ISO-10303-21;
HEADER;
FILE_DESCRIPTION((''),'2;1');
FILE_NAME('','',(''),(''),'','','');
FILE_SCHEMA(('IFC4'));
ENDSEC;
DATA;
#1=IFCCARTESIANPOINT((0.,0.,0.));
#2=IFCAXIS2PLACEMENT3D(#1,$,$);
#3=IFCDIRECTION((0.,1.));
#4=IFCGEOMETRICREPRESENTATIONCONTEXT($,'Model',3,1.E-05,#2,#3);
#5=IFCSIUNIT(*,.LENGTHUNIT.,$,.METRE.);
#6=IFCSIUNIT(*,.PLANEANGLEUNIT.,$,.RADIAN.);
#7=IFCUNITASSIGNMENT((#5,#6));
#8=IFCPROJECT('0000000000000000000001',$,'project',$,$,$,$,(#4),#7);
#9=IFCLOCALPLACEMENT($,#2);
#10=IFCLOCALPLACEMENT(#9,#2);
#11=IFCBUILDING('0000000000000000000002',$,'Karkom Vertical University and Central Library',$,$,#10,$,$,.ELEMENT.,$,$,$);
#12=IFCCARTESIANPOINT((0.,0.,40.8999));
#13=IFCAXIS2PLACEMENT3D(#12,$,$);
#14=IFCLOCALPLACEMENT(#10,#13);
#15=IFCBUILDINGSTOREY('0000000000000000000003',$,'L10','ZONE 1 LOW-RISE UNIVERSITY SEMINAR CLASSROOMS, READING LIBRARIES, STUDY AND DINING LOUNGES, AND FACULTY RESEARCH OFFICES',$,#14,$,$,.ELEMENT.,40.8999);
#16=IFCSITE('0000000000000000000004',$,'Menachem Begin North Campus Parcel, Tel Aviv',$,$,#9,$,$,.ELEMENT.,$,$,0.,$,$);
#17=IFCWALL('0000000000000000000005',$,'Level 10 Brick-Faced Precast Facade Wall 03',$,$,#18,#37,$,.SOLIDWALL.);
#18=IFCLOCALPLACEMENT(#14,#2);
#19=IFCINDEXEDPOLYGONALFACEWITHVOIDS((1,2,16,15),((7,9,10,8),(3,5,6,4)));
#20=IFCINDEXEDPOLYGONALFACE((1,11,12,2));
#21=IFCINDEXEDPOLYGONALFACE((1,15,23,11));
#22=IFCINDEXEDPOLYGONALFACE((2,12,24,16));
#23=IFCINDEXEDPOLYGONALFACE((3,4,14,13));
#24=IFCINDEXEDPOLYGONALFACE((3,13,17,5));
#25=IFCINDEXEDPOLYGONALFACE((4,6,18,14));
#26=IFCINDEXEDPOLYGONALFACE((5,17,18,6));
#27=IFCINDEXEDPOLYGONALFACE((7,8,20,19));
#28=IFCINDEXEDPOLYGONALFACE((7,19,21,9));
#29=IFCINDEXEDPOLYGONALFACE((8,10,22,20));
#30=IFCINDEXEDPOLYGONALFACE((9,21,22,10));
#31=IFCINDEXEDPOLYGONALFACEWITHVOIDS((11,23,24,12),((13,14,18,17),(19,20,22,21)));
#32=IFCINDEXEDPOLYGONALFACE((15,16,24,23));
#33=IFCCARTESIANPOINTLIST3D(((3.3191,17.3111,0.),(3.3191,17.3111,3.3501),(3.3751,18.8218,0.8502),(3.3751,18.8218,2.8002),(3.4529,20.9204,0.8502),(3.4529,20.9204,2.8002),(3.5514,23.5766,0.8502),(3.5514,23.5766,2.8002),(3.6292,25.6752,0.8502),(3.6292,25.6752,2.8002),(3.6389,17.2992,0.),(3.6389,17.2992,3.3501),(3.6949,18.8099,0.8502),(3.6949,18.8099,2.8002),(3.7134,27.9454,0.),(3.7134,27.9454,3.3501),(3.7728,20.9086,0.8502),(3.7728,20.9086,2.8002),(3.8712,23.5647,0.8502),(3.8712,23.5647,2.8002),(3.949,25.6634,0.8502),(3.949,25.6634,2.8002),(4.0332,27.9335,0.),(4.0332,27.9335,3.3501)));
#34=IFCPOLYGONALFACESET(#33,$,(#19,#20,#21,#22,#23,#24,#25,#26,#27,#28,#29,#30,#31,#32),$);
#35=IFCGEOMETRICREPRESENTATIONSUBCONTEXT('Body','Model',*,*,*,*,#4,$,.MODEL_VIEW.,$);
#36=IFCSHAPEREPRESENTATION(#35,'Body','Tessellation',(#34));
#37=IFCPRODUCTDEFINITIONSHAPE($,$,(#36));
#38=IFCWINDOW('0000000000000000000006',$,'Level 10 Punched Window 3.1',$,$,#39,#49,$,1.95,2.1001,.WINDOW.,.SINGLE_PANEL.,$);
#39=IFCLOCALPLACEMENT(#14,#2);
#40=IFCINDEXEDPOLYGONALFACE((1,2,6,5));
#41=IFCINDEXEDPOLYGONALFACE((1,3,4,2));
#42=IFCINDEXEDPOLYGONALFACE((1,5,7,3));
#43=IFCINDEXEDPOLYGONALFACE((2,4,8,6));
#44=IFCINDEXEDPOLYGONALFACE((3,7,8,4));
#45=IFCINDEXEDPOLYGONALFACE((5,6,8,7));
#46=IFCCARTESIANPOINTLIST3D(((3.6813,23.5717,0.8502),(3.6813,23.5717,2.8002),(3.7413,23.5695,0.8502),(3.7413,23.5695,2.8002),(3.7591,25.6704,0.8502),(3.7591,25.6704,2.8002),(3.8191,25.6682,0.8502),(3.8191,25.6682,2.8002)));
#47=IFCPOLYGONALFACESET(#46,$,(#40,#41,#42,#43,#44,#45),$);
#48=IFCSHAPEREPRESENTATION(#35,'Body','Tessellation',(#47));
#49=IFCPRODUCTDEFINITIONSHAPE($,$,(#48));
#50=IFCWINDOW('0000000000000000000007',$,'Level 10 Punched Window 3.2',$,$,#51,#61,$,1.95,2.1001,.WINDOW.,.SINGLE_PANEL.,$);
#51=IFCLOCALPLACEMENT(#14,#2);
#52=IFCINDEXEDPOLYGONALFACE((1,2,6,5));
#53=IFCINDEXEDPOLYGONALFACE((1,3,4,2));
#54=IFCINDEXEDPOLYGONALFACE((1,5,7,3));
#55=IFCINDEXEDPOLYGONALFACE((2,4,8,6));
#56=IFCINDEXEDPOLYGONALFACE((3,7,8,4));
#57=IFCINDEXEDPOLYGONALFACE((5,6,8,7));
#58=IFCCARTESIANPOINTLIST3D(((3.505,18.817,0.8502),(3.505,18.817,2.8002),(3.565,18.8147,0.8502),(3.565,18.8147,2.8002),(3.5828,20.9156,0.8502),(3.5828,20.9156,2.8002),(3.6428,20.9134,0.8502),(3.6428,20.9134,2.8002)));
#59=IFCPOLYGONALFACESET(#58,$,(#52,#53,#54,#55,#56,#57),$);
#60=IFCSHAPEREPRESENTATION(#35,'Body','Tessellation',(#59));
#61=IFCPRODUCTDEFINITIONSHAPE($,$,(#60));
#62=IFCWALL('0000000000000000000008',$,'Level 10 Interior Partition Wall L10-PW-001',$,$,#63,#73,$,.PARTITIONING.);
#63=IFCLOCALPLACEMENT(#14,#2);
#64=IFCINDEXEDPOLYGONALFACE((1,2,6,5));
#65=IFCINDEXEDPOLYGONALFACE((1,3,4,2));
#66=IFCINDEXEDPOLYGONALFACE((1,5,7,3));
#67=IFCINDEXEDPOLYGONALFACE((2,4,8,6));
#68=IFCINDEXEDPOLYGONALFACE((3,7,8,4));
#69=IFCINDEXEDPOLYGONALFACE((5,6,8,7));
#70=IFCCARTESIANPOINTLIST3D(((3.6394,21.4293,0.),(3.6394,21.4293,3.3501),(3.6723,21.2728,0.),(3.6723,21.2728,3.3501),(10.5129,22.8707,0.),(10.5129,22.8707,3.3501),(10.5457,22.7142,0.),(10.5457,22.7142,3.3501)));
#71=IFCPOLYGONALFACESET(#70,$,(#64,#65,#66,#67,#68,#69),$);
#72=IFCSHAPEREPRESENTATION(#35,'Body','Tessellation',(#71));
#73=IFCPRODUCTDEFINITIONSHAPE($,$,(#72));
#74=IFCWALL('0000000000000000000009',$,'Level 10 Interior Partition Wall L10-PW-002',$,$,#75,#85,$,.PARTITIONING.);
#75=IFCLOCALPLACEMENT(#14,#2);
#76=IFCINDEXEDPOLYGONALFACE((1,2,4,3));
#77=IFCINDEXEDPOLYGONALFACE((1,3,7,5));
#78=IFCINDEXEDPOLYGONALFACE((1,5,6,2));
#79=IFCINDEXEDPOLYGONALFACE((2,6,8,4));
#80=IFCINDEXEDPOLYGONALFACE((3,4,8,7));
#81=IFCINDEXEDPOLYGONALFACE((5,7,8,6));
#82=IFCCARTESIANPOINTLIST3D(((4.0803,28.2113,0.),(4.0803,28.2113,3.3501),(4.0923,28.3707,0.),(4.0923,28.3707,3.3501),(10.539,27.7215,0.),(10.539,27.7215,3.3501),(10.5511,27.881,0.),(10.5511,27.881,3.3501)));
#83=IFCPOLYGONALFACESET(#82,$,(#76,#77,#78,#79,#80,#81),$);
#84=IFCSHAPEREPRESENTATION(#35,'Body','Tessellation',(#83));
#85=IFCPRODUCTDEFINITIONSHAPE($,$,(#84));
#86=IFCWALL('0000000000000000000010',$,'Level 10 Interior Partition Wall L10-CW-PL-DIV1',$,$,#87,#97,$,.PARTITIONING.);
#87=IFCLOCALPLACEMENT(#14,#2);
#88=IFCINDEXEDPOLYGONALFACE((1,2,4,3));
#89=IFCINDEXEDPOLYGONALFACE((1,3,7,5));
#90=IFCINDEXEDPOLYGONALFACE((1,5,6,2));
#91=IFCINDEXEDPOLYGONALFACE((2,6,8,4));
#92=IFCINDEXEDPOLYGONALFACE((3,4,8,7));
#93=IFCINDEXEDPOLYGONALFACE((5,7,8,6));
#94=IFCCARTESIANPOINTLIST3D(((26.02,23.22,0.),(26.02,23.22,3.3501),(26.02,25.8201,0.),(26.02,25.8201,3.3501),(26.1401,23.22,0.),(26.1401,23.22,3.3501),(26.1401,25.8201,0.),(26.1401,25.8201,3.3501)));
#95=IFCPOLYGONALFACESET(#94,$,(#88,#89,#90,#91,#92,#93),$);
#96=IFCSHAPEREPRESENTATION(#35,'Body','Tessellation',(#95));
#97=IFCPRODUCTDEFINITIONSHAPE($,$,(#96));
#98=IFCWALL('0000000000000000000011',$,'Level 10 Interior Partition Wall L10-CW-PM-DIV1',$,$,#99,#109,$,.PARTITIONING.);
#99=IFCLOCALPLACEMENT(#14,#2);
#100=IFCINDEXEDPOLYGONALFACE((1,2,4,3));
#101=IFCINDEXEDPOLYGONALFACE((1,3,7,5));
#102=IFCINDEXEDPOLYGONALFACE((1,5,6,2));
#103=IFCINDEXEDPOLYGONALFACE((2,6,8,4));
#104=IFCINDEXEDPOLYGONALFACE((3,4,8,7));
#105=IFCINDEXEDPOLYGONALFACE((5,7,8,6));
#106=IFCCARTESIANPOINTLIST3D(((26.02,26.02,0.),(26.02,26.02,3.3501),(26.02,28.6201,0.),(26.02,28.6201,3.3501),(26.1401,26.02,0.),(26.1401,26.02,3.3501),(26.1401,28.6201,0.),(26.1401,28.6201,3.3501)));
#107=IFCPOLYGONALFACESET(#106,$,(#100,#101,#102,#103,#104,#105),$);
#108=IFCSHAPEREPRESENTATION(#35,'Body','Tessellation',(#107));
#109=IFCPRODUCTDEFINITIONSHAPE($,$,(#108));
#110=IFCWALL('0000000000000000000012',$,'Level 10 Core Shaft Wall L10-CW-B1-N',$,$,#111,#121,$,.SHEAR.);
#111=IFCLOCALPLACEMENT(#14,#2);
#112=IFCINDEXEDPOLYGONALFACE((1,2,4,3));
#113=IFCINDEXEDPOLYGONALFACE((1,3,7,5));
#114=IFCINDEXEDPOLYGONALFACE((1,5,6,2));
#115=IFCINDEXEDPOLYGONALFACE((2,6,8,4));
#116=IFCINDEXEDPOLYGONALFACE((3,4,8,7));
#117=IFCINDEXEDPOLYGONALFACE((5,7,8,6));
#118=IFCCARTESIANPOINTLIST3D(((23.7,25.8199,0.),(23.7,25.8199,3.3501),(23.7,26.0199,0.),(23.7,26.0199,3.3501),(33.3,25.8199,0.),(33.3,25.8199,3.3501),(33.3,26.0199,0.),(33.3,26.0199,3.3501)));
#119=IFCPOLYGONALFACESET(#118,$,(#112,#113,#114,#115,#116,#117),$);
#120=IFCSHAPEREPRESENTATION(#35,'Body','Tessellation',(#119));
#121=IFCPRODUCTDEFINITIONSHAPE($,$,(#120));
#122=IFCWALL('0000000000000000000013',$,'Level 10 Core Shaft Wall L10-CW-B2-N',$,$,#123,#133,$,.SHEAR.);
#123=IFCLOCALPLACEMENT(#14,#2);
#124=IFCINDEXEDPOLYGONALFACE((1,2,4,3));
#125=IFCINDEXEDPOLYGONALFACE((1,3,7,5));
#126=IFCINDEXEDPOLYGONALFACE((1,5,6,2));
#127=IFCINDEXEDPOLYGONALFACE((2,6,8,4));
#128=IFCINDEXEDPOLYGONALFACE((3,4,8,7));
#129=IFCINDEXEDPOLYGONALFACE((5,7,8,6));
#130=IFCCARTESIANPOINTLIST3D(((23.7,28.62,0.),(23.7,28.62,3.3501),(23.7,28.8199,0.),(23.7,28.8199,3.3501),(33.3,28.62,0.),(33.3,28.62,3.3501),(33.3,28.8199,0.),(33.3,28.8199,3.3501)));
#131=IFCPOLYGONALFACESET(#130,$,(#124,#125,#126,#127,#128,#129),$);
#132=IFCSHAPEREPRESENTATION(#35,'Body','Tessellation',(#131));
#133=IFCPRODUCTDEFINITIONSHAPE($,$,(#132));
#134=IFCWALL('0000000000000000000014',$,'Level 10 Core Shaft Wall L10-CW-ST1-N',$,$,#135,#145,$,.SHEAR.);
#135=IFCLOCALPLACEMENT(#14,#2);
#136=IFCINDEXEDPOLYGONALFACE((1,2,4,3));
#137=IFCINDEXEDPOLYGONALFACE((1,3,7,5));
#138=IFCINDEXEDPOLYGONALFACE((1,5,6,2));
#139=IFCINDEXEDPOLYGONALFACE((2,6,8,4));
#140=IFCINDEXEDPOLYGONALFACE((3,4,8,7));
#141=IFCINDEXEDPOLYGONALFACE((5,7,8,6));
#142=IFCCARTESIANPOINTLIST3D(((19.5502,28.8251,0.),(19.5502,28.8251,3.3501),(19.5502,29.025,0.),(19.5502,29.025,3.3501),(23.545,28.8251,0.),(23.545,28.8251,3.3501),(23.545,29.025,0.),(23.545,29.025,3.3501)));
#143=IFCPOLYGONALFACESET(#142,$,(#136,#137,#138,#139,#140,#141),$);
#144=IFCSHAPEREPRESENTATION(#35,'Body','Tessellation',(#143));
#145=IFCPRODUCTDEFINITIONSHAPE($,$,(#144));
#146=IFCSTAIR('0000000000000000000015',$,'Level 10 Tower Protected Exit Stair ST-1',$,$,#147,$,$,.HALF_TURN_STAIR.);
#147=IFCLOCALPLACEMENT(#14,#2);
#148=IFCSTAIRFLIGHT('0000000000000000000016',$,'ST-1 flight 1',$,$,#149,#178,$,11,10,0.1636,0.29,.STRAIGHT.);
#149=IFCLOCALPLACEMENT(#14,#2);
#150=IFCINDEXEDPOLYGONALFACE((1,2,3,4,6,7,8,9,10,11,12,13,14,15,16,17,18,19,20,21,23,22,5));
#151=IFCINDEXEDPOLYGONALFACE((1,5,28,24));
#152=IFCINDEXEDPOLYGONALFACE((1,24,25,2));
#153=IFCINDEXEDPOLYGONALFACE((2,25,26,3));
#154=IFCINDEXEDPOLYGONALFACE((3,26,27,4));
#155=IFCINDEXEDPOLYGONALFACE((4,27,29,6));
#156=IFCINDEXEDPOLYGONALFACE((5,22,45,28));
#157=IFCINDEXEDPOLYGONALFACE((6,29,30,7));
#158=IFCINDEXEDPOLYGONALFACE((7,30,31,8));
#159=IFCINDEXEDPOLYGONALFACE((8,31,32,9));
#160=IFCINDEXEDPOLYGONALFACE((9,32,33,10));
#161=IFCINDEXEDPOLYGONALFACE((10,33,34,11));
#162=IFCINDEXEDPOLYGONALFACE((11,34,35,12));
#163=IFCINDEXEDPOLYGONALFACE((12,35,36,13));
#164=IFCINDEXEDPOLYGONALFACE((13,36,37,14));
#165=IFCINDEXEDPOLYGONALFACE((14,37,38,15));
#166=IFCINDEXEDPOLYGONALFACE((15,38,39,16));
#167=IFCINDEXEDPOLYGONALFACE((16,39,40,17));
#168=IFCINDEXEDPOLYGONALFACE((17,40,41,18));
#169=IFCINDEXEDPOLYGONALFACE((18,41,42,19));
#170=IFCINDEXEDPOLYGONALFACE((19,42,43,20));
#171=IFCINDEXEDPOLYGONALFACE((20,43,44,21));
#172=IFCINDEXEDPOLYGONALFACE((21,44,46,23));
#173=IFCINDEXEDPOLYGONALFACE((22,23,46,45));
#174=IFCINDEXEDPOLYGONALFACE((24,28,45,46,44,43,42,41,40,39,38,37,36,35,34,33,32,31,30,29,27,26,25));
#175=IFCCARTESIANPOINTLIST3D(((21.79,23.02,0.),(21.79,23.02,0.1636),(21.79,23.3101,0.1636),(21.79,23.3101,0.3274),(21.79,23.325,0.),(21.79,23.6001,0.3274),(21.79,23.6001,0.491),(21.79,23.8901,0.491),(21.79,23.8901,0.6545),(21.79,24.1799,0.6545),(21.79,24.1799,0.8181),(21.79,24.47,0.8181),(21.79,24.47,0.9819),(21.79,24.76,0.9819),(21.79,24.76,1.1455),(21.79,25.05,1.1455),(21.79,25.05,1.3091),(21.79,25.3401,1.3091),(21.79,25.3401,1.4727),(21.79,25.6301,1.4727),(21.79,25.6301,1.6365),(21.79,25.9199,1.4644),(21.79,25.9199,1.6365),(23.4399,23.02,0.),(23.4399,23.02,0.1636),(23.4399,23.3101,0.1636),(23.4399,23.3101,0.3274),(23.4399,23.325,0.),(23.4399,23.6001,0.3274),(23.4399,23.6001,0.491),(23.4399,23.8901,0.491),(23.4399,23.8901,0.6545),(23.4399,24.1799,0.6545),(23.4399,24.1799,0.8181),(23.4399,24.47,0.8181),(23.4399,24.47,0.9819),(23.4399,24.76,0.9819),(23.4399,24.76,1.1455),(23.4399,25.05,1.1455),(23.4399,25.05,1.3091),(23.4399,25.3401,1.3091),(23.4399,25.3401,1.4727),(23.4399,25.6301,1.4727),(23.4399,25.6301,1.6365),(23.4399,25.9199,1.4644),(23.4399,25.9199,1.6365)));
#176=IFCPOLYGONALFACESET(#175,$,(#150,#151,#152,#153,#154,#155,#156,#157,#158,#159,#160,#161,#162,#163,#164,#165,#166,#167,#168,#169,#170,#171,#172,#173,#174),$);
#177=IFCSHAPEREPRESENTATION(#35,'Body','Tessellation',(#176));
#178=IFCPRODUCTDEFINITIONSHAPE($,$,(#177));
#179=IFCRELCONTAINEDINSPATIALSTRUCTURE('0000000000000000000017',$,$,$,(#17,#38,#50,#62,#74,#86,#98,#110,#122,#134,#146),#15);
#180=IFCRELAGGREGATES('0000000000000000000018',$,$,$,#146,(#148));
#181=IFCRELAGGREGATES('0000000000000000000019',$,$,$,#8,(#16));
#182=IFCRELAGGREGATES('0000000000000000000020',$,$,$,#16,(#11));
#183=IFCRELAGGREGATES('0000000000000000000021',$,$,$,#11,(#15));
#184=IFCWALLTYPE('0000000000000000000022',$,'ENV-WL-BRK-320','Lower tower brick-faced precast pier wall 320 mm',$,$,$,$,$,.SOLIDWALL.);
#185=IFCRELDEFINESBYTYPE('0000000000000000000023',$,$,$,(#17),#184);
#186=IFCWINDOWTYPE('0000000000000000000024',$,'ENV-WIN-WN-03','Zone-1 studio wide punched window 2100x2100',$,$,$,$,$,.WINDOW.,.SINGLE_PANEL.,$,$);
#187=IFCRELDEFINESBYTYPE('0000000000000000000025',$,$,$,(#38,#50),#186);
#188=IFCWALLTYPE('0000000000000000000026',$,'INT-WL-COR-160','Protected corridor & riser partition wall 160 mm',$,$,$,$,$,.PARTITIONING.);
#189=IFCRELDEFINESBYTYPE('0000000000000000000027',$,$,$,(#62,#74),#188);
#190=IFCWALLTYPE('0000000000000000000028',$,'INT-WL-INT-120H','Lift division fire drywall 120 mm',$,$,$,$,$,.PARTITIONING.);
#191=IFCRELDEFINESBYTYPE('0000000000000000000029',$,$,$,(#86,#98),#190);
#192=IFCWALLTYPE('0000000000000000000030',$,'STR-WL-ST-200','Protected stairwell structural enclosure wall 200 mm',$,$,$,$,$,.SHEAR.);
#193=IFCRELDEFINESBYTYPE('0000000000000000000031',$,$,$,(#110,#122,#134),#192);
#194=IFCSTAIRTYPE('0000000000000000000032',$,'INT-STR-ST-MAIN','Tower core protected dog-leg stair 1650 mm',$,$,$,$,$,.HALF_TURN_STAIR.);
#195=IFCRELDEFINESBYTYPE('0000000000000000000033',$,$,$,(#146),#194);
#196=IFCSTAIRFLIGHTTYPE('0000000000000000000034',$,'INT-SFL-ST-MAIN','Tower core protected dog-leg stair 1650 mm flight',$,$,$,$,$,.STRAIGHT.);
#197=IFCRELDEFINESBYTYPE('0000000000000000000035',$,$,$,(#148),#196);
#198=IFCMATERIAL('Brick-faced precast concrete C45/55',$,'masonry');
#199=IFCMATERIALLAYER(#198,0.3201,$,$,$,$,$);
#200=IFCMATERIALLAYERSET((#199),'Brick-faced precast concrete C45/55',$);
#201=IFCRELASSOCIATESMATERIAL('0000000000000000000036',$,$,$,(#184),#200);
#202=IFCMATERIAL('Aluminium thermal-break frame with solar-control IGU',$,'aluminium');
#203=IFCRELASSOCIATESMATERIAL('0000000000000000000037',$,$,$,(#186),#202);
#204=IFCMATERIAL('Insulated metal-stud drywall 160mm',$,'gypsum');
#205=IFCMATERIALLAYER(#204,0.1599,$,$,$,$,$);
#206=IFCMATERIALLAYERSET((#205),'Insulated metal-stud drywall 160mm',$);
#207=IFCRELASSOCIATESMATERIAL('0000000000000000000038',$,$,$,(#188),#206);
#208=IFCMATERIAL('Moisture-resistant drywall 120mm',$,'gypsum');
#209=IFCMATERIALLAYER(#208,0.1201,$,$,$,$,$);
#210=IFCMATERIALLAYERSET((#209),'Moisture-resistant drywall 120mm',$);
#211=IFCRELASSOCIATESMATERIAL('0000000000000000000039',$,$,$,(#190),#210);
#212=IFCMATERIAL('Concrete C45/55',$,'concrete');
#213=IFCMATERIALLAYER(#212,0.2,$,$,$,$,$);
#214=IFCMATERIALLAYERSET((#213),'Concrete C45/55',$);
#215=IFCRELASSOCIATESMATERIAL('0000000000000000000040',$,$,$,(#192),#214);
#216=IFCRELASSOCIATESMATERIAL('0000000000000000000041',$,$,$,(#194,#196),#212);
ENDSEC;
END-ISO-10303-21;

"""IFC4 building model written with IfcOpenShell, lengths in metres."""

from ifc_helpers import new_model, si_unit, direction, frame, frame_2d, origin, origin_with_axes, place, context, subcontext, project, spatial, polyline, rectangle, outline, extrude, source, transform, mapped, material, layer, layer_set, type_object, element, fill, aggregate, save


model = new_model("IFC4")

# Units and contexts
model_context = context("Model", 3, precision=1e-05, world=origin(), true_north=direction((0.0, 1.0)))
body_context = subcontext(model_context, "Body", "Model", "MODEL_VIEW")
ifc_project = project(units=[si_unit("LENGTHUNIT", "METRE"), si_unit("PLANEANGLEUNIT", "RADIAN")], contexts=[model_context])

# Site, building, storey
site_placement = place(None, origin())
site = spatial("IfcSite", under=ifc_project, at=site_placement, Name="Menachem Begin North Campus Parcel, Tel Aviv", CompositionType="ELEMENT", RefElevation=0.0)
building_placement = place(site_placement, origin())
building = spatial("IfcBuilding", under=site, at=building_placement, Name="Karkom Vertical University and Central Library", CompositionType="ELEMENT")
storey_placement = place(building_placement, frame((0.0, 0.0, 40.8999)))
storey = spatial("IfcBuildingStorey", under=building, at=storey_placement, Name="L10", Description="ZONE 1 LOW-RISE UNIVERSITY SEMINAR CLASSROOMS, READING LIBRARIES, STUDY AND DINING LOUNGES, AND FACULTY RESEARCH OFFICES", CompositionType="ELEMENT", Elevation=40.8999)

# Wall, openings, windows
ifc_material_1 = material(Name="Brick-faced precast concrete C45/55", Category="masonry")
ifc_layer_1 = layer(ifc_material_1, 0.3201)
ifc_layer_set_1 = layer_set([ifc_layer_1], Name="Brick-faced precast concrete C45/55")
wall_type_1 = type_object("IfcWallType", Name="ENV-WL-BRK-320", Description="Lower tower brick-faced precast pier wall 320 mm", PredefinedType="SOLIDWALL", material=ifc_layer_set_1)
wall_1_placement = place(storey_placement, frame((3.8733, 27.9395, 0.0), z_axis=(0.0, 0.0, 1.0), x_axis=(-0.037052, -0.999313, 0.0)))
wall_1 = element("IfcWall", 1, at=wall_1_placement, inside=storey, type_object=wall_type_1, Name="Level 10 Brick-Faced Precast Facade Wall 03", PredefinedType="SOLIDWALL", context=body_context, shape_type="SweptSolid", body=[
    extrude(rectangle(XDim=10.6416, YDim=0.3201, at=frame_2d((5.3208, 0.0))), origin(), (0.0, 0.0, 1.0), 3.3501),
])
opening_1_placement = place(wall_1_placement, frame((2.2717, 0.0, 0.8501)))
opening_1 = element("IfcOpeningElement", 2, at=opening_1_placement, cuts=wall_1, PredefinedType="OPENING", context=body_context, shape_type="SweptSolid", body=[
    extrude(rectangle(XDim=2.1001, YDim=1.95, at=frame_2d((1.05, 0.9751))), frame((0.0, 0.1699, 0.0), z_axis=(0.0, -1.0, 0.0), x_axis=(1.0, 0.0, 0.0)), (0.0, 0.0, 1.0), 0.3401),
])
opening_2_placement = place(wall_1_placement, frame((7.0298, 0.0, 0.8501)))
opening_2 = element("IfcOpeningElement", 3, at=opening_2_placement, cuts=wall_1, PredefinedType="OPENING", context=body_context, shape_type="SweptSolid", body=[
    extrude(rectangle(XDim=2.1001, YDim=1.95, at=frame_2d((1.05, 0.9751))), frame((0.0, 0.1699, 0.0), z_axis=(0.0, -1.0, 0.0), x_axis=(1.0, 0.0, 0.0)), (0.0, 0.0, 1.0), 0.3401),
])
ifc_material_2 = material(Name="Aluminium thermal-break frame with solar-control IGU", Category="aluminium")
window_type = type_object("IfcWindowType", Name="ENV-WIN-WN-03", Description="Zone-1 studio wide punched window 2100x2100", PartitioningType="SINGLE_PANEL", PredefinedType="WINDOW", material=ifc_material_2)
shared_shape_1 = source(origin_with_axes(), body_context, "Body", "SweptSolid", [
    extrude(rectangle(XDim=2.1001, YDim=1.95, at=frame_2d((1.05, 0.9751))), frame((0.0, 0.03, 0.0), z_axis=(0.0, -1.0, 0.0), x_axis=(1.0, 0.0, 0.0)), (0.0, 0.0, 1.0), 0.0601),
])
window_1_placement = place(opening_1_placement, origin())
window_1 = element("IfcWindow", 4, at=window_1_placement, inside=storey, type_object=window_type, Name="Level 10 Punched Window 3.1", OverallHeight=1.95, OverallWidth=2.1001, PartitioningType="SINGLE_PANEL", PredefinedType="WINDOW", context=body_context, shape_type="MappedRepresentation", body=[
    mapped(shared_shape_1, transform((0.0, 0.0, 0.0), scale=1.0)),
])
fill(opening_1, window_1)
window_2_placement = place(opening_2_placement, origin())
window_2 = element("IfcWindow", 5, at=window_2_placement, inside=storey, type_object=window_type, Name="Level 10 Punched Window 3.2", OverallHeight=1.95, OverallWidth=2.1001, PartitioningType="SINGLE_PANEL", PredefinedType="WINDOW", context=body_context, shape_type="MappedRepresentation", body=[
    mapped(shared_shape_1, transform((0.0, 0.0, 0.0), scale=1.0)),
])
fill(opening_2, window_2)

# Walls
ifc_material_3 = material(Name="Insulated metal-stud drywall 160mm", Category="gypsum")
ifc_layer_2 = layer(ifc_material_3, 0.1599)
ifc_layer_set_2 = layer_set([ifc_layer_2], Name="Insulated metal-stud drywall 160mm")
wall_type_2 = type_object("IfcWallType", Name="INT-WL-COR-160", Description="Protected corridor & riser partition wall 160 mm", PredefinedType="PARTITIONING", material=ifc_layer_set_2)
wall_2_placement = place(storey_placement, frame((10.5293, 22.7925, 0.0), z_axis=(0.0, 0.0, 1.0), x_axis=(-0.978712, -0.20524, 0.0)))
element("IfcWall", 6, at=wall_2_placement, inside=storey, type_object=wall_type_2, Name="Level 10 Interior Partition Wall L10-PW-001", PredefinedType="PARTITIONING", context=body_context, shape_type="SweptSolid", body=[
    extrude(rectangle(XDim=7.0229, YDim=0.1599, at=frame_2d((3.5115, 0.0))), origin(), (0.0, 0.0, 1.0), 3.3501),
])
wall_3_placement = place(storey_placement, frame((4.0862, 28.291, 0.0), z_axis=(0.0, 0.0, 1.0), x_axis=(0.997137, -0.07561, 0.0)))
element("IfcWall", 7, at=wall_3_placement, inside=storey, type_object=wall_type_2, Name="Level 10 Interior Partition Wall L10-PW-002", PredefinedType="PARTITIONING", context=body_context, shape_type="SweptSolid", body=[
    extrude(rectangle(XDim=6.4773, YDim=0.1599, at=frame_2d((3.2388, 0.0))), origin(), (0.0, 0.0, 1.0), 3.3501),
])
ifc_material_4 = material(Name="Moisture-resistant drywall 120mm", Category="gypsum")
ifc_layer_3 = layer(ifc_material_4, 0.1201)
ifc_layer_set_3 = layer_set([ifc_layer_3], Name="Moisture-resistant drywall 120mm")
wall_type_3 = type_object("IfcWallType", Name="INT-WL-INT-120H", Description="Lift division fire drywall 120 mm", PredefinedType="PARTITIONING", material=ifc_layer_set_3)
for number, where, z_axis, x_axis, name in (
    (8, (26.0801, 23.22, 0.0), (0.0, 0.0, 1.0), (0.0, 1.0, 0.0), "Level 10 Interior Partition Wall L10-CW-PL-DIV1"),
    (9, (26.0801, 26.02, 0.0), (0.0, 0.0, 1.0), (0.0, 1.0, 0.0), "Level 10 Interior Partition Wall L10-CW-PM-DIV1"),
):
    element("IfcWall", number, at=place(storey_placement, frame(where, z_axis=z_axis, x_axis=x_axis)), inside=storey, type_object=wall_type_3, Name=name, PredefinedType="PARTITIONING", context=body_context, shape_type="SweptSolid", body=[
        extrude(rectangle(XDim=2.6001, YDim=0.1201, at=frame_2d((1.3, 0.0))), origin(), (0.0, 0.0, 1.0), 3.3501),
    ])

# Shared definitions
ifc_material_5 = material(Name="Concrete C45/55", Category="concrete")
ifc_layer_4 = layer(ifc_material_5, 0.2)
ifc_layer_set_4 = layer_set([ifc_layer_4], Name="Concrete C45/55")
wall_type_4 = type_object("IfcWallType", Name="STR-WL-ST-200", Description="Protected stairwell structural enclosure wall 200 mm", PredefinedType="SHEAR", material=ifc_layer_set_4)

# Walls
for number, where, z_axis, x_axis, name in (
    (10, (23.7, 25.9199, 0.0), (0.0, 0.0, 1.0), (1.0, 0.0, 0.0), "Level 10 Core Shaft Wall L10-CW-B1-N"),
    (11, (23.7, 28.72, 0.0), (0.0, 0.0, 1.0), (1.0, 0.0, 0.0), "Level 10 Core Shaft Wall L10-CW-B2-N"),
):
    element("IfcWall", number, at=place(storey_placement, frame(where, z_axis=z_axis, x_axis=x_axis)), inside=storey, type_object=wall_type_4, Name=name, PredefinedType="SHEAR", context=body_context, shape_type="SweptSolid", body=[
        extrude(rectangle(XDim=9.6001, YDim=0.2, at=frame_2d((4.8, 0.0))), origin(), (0.0, 0.0, 1.0), 3.3501),
    ])
wall_4_placement = place(storey_placement, frame((19.55, 28.925, 0.0), z_axis=(0.0, 0.0, 1.0), x_axis=(1.0, 0.0, 0.0)))
element("IfcWall", 12, at=wall_4_placement, inside=storey, type_object=wall_type_4, Name="Level 10 Core Shaft Wall L10-CW-ST1-N", PredefinedType="SHEAR", context=body_context, shape_type="SweptSolid", body=[
    extrude(rectangle(XDim=3.9949, YDim=0.2, at=frame_2d((1.9976, 0.0))), origin(), (0.0, 0.0, 1.0), 3.3501),
])

# Stair, stair flight
stair_type_1 = type_object("IfcStairType", Name="INT-STR-ST-MAIN", Description="Tower core protected dog-leg stair 1650 mm", PredefinedType="HALF_TURN_STAIR", material=ifc_material_5)
stair_1_placement = place(storey_placement, origin())
stair_1 = element("IfcStair", 13, at=stair_1_placement, inside=storey, type_object=stair_type_1, Name="Level 10 Tower Protected Exit Stair ST-1", PredefinedType="HALF_TURN_STAIR")
stair_flight_type_1 = type_object("IfcStairFlightType", Name="INT-SFL-ST-MAIN", Description="Tower core protected dog-leg stair 1650 mm flight", PredefinedType="STRAIGHT", material=ifc_material_5)
stair_flight_1_placement = place(storey_placement, frame((22.615, 23.02, 0.0), z_axis=(0.0, 0.0, 1.0), x_axis=(0.0, 1.0, 0.0)))
stair_flight_1 = element("IfcStairFlight", 14, at=stair_flight_1_placement, type_object=stair_flight_type_1, Name="ST-1 flight 1", NumberOfRisers=11, NumberOfTreads=10, PredefinedType="STRAIGHT", RiserHeight=0.1636, TreadLength=0.29, context=body_context, shape_type="SweptSolid", body=[
    extrude(outline(polyline([(0.0, 0.0), (0.0, 0.1636), (0.29, 0.1636), (0.29, 0.3274), (0.5801, 0.3274), (0.5801, 0.491), (0.8701, 0.491), (0.8701, 0.6545), (1.1599, 0.6545), (1.1599, 0.8181), (1.45, 0.8181), (1.45, 0.9819), (1.74, 0.9819), (1.74, 1.1455), (2.03, 1.1455), (2.03, 1.3091), (2.3201, 1.3091), (2.3201, 1.4727), (2.6101, 1.4727), (2.6101, 1.6365), (2.8999, 1.6365), (2.8999, 1.8), (2.8999, 1.4644), (0.3049, 0.0), (0.0, 0.0)])), frame((0.0, 0.825, 0.0), z_axis=(0.0, -1.0, 0.0), x_axis=(1.0, 0.0, 0.0)), (0.0, 0.0, 1.0), 1.6499),
])
aggregate(stair_1, [stair_flight_1])

save(model, "model.ifc")
